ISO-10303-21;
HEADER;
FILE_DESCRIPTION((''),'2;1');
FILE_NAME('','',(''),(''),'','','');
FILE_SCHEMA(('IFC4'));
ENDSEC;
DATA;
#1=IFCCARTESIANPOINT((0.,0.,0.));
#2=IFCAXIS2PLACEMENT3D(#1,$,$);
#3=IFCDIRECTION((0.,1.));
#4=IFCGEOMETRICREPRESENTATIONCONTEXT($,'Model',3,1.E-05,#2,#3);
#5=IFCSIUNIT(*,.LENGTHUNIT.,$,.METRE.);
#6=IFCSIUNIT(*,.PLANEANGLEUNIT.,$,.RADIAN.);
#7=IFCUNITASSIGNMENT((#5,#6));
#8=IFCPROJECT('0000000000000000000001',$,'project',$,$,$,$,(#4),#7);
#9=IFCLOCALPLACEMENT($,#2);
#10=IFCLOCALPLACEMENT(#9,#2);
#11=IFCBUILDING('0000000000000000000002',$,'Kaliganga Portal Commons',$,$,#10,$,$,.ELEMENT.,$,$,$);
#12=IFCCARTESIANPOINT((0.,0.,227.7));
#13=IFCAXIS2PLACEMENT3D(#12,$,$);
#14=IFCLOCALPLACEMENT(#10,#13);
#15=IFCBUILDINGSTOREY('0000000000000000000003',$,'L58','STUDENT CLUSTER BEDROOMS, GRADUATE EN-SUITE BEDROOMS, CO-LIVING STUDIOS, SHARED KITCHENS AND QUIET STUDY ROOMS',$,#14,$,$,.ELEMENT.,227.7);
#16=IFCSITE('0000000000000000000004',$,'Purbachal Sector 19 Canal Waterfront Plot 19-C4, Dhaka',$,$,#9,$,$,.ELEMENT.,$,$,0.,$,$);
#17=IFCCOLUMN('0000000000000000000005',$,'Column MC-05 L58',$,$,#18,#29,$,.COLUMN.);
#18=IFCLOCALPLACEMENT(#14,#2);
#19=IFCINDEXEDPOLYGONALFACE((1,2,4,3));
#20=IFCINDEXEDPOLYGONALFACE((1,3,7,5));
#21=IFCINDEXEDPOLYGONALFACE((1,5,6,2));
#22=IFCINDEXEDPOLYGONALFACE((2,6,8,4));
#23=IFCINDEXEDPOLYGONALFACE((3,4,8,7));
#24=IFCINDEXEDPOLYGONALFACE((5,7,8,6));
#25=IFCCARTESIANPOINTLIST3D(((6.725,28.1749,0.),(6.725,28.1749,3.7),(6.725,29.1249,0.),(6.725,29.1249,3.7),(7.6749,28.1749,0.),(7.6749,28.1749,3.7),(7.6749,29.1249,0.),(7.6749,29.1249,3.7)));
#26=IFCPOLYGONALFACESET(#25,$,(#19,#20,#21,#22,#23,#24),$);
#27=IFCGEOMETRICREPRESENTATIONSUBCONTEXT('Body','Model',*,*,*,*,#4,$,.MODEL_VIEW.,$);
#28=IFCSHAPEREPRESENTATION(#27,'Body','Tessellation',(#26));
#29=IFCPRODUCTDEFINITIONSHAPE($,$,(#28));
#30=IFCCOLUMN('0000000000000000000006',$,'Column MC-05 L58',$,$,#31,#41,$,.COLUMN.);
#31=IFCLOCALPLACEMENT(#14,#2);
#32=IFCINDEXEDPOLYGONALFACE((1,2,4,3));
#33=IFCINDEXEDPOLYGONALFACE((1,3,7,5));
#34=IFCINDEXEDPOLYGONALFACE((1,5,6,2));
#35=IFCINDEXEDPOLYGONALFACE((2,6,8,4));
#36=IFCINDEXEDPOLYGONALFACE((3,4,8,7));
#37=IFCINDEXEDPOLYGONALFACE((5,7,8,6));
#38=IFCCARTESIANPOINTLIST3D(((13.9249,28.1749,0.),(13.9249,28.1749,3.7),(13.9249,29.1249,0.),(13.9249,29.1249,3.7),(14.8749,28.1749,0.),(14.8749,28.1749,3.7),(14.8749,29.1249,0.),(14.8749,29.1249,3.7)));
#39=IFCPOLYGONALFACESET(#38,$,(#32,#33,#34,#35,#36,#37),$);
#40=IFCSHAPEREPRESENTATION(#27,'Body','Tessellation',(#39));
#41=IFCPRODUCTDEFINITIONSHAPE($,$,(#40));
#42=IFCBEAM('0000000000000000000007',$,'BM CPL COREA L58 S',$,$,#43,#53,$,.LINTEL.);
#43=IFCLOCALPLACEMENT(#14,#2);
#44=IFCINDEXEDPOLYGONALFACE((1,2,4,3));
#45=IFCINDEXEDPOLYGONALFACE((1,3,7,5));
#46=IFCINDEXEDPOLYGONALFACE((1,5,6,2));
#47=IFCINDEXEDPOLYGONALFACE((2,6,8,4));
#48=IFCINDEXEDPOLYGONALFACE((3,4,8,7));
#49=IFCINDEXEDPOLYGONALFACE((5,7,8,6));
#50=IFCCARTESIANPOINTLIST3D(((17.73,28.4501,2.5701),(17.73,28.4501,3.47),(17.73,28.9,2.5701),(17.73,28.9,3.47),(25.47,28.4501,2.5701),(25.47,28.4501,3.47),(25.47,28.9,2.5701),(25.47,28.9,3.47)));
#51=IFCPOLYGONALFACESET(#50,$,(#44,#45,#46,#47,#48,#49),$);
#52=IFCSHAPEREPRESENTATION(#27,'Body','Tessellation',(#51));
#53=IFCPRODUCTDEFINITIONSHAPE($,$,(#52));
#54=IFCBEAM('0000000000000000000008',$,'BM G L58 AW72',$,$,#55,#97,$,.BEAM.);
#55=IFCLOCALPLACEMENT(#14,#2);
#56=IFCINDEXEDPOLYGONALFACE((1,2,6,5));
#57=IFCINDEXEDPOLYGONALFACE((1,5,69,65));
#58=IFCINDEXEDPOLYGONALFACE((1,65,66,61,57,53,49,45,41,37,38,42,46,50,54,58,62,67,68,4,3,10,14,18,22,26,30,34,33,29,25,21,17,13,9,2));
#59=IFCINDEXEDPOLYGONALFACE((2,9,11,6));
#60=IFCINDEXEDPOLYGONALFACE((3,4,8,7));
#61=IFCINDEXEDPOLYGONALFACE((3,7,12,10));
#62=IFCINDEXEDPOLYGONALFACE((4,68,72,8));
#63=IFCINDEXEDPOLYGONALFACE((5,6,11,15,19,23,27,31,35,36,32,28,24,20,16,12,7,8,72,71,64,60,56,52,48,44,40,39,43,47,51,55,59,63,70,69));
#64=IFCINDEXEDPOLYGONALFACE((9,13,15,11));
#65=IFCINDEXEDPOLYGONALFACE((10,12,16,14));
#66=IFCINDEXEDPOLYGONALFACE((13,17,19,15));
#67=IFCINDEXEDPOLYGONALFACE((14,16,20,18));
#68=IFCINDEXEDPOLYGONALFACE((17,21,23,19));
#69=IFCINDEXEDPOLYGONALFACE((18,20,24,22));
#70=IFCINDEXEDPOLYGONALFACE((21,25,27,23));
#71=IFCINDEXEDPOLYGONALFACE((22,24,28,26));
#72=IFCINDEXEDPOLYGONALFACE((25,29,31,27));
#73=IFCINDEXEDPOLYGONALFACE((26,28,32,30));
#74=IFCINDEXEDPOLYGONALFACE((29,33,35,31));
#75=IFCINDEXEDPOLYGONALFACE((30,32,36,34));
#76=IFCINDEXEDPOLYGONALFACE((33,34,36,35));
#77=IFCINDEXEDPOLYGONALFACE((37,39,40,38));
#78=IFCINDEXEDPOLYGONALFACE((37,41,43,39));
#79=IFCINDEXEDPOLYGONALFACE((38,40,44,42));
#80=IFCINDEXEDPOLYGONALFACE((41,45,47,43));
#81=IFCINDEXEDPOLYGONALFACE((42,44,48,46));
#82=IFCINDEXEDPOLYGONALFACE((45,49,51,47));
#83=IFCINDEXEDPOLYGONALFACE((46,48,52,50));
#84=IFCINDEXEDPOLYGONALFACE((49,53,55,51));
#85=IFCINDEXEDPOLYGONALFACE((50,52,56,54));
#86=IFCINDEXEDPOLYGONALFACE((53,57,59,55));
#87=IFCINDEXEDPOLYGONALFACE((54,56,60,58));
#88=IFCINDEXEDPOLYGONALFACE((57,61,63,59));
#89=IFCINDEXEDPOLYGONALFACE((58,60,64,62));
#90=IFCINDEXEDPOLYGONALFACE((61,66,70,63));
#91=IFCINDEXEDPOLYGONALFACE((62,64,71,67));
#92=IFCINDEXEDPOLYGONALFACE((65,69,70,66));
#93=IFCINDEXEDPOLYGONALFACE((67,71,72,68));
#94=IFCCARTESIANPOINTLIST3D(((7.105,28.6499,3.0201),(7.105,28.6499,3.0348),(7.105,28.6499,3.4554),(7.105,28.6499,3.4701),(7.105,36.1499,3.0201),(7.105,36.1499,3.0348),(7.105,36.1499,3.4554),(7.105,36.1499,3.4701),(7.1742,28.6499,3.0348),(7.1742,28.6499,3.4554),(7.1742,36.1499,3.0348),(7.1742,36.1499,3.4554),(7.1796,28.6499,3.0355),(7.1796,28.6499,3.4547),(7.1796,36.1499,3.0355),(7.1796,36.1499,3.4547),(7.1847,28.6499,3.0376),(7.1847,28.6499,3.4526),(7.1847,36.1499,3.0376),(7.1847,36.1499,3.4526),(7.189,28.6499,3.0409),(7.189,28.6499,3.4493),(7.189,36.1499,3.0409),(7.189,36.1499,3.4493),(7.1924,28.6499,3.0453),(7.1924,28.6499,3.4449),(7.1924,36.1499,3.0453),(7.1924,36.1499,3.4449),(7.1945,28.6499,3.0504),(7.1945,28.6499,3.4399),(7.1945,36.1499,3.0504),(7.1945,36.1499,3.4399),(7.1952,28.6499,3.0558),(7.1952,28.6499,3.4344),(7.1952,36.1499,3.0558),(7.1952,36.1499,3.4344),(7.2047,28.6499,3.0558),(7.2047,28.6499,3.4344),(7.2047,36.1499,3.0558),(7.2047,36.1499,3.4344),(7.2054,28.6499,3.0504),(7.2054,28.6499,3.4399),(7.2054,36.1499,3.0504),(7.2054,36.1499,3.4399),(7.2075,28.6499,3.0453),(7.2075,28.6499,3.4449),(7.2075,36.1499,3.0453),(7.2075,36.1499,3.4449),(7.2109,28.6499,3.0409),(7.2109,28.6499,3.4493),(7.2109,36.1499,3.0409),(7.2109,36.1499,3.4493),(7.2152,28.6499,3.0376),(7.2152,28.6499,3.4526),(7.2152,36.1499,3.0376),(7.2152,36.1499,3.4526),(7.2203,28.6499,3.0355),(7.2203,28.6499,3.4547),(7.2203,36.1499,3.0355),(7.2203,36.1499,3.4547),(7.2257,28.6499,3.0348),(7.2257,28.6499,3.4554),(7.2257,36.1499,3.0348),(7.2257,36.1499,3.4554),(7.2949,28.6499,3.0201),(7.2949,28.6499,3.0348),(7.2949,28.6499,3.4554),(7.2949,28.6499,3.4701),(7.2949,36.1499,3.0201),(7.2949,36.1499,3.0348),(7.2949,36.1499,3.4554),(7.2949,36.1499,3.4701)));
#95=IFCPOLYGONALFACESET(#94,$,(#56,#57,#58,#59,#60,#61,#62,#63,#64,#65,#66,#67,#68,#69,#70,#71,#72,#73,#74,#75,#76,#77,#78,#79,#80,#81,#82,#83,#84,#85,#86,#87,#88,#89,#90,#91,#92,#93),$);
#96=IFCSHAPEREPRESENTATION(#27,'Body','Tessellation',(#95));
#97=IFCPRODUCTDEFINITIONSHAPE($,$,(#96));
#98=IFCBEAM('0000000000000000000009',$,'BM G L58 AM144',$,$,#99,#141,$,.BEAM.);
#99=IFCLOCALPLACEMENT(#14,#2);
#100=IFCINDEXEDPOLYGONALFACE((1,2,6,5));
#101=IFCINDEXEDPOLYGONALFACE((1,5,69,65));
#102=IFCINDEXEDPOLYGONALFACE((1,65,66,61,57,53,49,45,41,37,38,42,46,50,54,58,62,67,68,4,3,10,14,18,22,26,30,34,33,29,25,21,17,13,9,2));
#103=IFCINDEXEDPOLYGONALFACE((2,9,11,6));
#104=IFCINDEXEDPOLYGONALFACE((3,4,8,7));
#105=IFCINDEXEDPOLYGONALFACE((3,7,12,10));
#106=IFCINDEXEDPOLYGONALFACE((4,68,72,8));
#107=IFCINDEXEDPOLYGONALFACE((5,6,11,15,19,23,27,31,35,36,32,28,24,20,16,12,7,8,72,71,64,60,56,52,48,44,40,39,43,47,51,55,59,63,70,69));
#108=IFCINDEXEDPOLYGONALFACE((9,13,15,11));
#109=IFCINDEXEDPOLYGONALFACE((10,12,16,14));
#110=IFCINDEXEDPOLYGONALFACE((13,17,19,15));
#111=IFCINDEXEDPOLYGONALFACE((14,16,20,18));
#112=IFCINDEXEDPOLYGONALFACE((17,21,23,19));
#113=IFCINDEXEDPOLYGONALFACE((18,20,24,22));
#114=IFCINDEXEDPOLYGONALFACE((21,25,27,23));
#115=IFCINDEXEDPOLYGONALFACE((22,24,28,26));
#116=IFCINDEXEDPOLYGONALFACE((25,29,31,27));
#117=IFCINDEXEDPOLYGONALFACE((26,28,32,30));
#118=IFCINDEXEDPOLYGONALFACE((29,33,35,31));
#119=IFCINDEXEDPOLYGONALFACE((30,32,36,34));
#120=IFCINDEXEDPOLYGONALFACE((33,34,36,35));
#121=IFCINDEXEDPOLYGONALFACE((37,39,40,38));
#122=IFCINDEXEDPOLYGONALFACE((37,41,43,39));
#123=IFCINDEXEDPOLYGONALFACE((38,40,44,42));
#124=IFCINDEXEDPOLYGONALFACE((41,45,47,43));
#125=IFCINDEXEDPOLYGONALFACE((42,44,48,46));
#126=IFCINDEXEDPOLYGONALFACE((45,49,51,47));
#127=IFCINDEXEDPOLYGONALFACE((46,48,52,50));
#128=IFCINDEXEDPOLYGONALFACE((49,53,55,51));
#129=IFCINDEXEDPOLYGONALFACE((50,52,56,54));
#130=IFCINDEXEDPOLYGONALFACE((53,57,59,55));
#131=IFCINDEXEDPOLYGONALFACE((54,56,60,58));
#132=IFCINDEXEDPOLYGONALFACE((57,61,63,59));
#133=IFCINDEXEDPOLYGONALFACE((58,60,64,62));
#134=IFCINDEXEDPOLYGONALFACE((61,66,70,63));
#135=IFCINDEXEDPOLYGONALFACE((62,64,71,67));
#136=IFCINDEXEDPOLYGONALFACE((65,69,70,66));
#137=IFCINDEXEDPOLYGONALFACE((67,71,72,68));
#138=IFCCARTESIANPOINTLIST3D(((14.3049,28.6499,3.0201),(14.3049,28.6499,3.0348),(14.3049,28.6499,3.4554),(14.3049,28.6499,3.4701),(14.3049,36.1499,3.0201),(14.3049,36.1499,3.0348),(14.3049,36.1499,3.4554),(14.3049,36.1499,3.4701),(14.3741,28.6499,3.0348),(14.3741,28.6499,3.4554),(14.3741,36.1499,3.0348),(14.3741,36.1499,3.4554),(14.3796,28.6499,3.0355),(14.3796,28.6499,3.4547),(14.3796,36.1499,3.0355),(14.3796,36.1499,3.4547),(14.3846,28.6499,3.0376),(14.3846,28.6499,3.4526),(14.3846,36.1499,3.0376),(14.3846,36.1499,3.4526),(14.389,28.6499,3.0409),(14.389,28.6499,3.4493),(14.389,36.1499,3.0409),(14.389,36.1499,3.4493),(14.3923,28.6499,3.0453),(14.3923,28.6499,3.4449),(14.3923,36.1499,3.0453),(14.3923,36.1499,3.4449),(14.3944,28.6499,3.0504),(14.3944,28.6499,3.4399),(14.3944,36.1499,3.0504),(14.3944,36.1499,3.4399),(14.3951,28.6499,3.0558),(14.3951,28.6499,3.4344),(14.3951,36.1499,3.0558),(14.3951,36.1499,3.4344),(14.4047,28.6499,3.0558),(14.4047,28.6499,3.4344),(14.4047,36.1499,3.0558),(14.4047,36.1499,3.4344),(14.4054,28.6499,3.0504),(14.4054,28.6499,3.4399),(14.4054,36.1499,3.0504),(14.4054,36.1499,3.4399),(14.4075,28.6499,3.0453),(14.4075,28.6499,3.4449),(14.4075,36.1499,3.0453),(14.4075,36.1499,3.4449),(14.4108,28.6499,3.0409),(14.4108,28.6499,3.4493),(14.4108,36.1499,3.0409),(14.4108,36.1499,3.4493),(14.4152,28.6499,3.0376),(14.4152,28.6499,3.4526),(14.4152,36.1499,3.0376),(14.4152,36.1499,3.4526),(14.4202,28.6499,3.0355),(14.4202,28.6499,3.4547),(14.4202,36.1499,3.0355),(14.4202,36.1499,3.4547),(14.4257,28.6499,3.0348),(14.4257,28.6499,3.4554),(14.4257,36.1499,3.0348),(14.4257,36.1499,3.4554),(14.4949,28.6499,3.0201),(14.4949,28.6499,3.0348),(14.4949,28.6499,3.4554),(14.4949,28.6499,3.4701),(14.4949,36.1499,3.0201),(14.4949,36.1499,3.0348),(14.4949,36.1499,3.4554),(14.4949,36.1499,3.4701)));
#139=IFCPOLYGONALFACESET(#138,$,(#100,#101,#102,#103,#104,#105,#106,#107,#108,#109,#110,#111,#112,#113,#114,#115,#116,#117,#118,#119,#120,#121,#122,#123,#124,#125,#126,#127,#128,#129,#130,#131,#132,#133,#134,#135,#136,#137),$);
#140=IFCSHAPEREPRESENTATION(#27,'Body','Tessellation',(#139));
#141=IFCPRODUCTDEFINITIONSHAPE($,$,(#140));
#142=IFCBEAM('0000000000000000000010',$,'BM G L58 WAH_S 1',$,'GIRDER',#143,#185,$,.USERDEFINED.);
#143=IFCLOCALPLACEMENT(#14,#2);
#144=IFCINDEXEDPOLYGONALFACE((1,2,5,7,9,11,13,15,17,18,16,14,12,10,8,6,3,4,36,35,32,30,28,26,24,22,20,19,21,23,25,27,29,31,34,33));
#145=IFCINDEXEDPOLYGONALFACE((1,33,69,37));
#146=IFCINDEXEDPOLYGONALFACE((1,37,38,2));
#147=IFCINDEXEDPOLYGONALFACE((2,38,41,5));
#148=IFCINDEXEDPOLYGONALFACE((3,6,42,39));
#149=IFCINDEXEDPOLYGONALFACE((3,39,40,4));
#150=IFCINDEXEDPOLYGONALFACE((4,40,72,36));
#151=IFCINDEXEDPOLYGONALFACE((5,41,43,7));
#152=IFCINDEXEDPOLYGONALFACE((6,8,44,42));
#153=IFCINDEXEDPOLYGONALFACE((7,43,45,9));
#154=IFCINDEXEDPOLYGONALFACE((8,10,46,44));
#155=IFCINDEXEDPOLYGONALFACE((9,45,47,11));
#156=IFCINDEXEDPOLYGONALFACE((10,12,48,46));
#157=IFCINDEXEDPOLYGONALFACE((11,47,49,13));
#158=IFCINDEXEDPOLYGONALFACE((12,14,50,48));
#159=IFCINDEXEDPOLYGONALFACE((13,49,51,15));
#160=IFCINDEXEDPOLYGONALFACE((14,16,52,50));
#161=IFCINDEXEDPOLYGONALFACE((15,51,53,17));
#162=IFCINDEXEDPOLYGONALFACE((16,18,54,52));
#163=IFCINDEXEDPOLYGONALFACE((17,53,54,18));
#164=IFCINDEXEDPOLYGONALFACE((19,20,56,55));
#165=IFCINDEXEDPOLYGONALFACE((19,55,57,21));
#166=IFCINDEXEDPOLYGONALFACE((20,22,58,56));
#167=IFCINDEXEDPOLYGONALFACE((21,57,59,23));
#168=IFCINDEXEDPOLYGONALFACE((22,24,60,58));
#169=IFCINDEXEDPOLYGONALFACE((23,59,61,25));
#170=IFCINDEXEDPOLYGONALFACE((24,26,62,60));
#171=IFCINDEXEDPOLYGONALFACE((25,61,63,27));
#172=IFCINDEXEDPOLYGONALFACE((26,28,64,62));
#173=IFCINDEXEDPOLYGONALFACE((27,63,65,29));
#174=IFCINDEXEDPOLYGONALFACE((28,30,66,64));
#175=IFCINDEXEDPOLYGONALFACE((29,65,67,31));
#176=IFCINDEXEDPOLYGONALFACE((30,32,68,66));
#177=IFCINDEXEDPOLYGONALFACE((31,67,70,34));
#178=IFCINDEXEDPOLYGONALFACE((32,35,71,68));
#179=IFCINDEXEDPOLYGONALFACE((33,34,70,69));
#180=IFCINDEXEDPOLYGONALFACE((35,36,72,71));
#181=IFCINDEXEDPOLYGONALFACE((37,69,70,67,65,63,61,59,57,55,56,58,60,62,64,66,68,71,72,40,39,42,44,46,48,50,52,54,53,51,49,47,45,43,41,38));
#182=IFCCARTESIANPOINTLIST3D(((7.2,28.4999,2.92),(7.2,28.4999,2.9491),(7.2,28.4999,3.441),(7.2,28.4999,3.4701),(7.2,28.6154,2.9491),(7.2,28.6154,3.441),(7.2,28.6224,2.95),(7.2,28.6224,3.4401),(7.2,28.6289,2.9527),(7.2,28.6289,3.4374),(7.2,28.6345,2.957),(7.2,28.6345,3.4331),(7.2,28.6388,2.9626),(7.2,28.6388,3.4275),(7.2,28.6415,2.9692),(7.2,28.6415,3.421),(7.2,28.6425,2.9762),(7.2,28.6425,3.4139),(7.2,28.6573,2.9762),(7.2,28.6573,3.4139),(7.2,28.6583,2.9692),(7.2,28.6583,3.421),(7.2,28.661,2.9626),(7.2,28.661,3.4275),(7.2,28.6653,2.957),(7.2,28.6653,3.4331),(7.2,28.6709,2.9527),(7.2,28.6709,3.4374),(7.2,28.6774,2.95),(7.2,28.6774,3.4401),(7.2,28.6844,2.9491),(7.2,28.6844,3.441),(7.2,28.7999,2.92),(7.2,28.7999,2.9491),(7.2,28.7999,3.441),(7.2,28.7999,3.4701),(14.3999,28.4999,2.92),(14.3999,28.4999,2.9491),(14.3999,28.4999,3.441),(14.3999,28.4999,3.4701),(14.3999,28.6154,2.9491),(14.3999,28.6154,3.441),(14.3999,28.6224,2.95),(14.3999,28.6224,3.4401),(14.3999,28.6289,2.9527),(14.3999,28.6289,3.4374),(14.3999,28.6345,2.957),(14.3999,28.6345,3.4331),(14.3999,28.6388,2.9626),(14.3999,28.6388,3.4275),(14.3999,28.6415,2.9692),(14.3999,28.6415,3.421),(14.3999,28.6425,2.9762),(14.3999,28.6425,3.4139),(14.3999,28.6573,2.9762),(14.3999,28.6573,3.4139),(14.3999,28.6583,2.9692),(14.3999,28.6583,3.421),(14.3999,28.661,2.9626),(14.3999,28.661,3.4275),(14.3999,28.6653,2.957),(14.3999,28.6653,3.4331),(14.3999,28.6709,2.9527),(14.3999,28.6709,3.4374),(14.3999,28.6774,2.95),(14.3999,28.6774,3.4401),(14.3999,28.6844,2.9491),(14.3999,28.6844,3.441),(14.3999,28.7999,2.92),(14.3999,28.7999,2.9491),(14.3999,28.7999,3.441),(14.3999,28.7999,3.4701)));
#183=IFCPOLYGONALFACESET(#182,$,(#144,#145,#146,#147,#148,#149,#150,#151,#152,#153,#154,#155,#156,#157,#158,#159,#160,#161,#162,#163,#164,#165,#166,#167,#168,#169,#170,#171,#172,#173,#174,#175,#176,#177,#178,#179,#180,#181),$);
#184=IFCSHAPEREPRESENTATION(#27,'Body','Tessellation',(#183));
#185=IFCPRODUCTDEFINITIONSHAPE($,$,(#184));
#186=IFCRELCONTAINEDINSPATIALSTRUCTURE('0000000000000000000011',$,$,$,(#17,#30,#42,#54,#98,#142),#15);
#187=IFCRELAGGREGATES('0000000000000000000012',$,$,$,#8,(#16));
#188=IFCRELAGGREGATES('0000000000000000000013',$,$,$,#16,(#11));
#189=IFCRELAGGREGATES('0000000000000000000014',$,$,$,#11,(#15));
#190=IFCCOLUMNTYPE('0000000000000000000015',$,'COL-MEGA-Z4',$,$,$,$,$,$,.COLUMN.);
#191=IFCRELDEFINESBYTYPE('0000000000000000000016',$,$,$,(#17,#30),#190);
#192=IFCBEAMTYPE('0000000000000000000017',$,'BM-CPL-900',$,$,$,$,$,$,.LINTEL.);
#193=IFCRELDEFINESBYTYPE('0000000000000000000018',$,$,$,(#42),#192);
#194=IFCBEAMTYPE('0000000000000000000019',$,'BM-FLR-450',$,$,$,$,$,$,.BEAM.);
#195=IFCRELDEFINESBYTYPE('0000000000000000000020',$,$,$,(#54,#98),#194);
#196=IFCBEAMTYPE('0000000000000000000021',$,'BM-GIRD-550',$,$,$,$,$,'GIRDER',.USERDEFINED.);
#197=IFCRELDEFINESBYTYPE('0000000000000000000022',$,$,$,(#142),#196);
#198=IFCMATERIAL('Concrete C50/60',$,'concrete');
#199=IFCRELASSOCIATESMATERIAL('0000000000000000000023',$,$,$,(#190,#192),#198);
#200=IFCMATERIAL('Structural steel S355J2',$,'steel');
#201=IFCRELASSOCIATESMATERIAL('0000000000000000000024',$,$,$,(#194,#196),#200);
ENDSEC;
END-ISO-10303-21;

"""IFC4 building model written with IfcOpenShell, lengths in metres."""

from ifc_helpers import new_model, si_unit, direction, frame, origin, origin_2d, place, context, subcontext, project, spatial, rectangle, i_section, extrude, source, transform, mapped, material, material_profile, profile_set, type_object, element, save


model = new_model("IFC4")

# Units and contexts
model_context = context("Model", 3, precision=1e-05, world=origin(), true_north=direction((0.0, 1.0)))
body_context = subcontext(model_context, "Body", "Model", "MODEL_VIEW")
ifc_project = project(units=[si_unit("LENGTHUNIT", "METRE"), si_unit("PLANEANGLEUNIT", "RADIAN")], contexts=[model_context])

# Site, building, storey
site_placement = place(None, origin())
site = spatial("IfcSite", under=ifc_project, at=site_placement, Name="Purbachal Sector 19 Canal Waterfront Plot 19-C4, Dhaka", CompositionType="ELEMENT", RefElevation=0.0)
building_placement = place(site_placement, origin())
building = spatial("IfcBuilding", under=site, at=building_placement, Name="Kaliganga Portal Commons", CompositionType="ELEMENT")
storey_placement = place(building_placement, frame((0.0, 0.0, 227.7)))
storey = spatial("IfcBuildingStorey", under=building, at=storey_placement, Name="L58", Description="STUDENT CLUSTER BEDROOMS, GRADUATE EN-SUITE BEDROOMS, CO-LIVING STUDIOS, SHARED KITCHENS AND QUIET STUDY ROOMS", CompositionType="ELEMENT", Elevation=227.7)

# Columns
ifc_material_1 = material(Name="Concrete C50/60", Category="concrete")
ifc_material_profile_1 = material_profile(ifc_material_1, rectangle(XDim=0.95, YDim=0.95, at=origin_2d()), Name="RC 950x950")
ifc_profile_set_1 = profile_set([ifc_material_profile_1], Name="Concrete C50/60")
column_type = type_object("IfcColumnType", Name="COL-MEGA-Z4", PredefinedType="COLUMN", material=ifc_profile_set_1)
shared_shape_1 = source(origin(), body_context, "Body", "SweptSolid", [
    extrude(rectangle(XDim=0.95, YDim=0.95, at=origin_2d()), origin(), (0.0, 0.0, 1.0), 3.7),
])
for number, where, z_axis, x_axis, name in (
    (1, (7.2, 28.6499, 0.0), (0.0, 0.0, 1.0), (1.0, 0.0, 0.0), "Column MC-05 L58"),
    (2, (14.3999, 28.6499, 0.0), (0.0, 0.0, 1.0), (1.0, 0.0, 0.0), "Column MC-05 L58"),
):
    element("IfcColumn", number, at=place(storey_placement, frame(where, z_axis=z_axis, x_axis=x_axis)), inside=storey, type_object=column_type, Name=name, PredefinedType="COLUMN", context=body_context, shape_type="MappedRepresentation", body=[
        mapped(shared_shape_1, transform((0.0, 0.0, 0.0), x_axis=(1.0, 0.0, 0.0), y_axis=(0.0, 1.0, 0.0), z_axis=(0.0, 0.0, 1.0), scale=1.0)),
    ])

# Beams
ifc_material_profile_2 = material_profile(ifc_material_1, rectangle(XDim=0.45, YDim=0.8999, at=origin_2d()), Name="RC 450x900")
ifc_profile_set_2 = profile_set([ifc_material_profile_2], Name="Concrete C50/60")
beam_type_1 = type_object("IfcBeamType", Name="BM-CPL-900", PredefinedType="LINTEL", material=ifc_profile_set_2)
shared_shape_2 = source(origin(), body_context, "Body", "SweptSolid", [
    extrude(rectangle(XDim=0.45, YDim=0.8999, at=origin_2d()), origin(), (0.0, 0.0, 1.0), 7.74),
])
beam_1_placement = place(storey_placement, frame((17.73, 28.675, 3.02), z_axis=(1.0, 0.0, 0.0), x_axis=(0.0, 1.0, 0.0)))
element("IfcBeam", 3, at=beam_1_placement, inside=storey, type_object=beam_type_1, Name="BM CPL COREA L58 S", PredefinedType="LINTEL", context=body_context, shape_type="MappedRepresentation", body=[
    mapped(shared_shape_2, transform((0.0, 0.0, 0.0), x_axis=(1.0, 0.0, 0.0), y_axis=(0.0, 1.0, 0.0), z_axis=(0.0, 0.0, 1.0), scale=1.0)),
])
ifc_material_2 = material(Name="Structural steel S355J2", Category="steel")
ifc_material_profile_3 = material_profile(ifc_material_2, i_section(OverallWidth=0.1899, OverallDepth=0.45, WebThickness=0.0095, FlangeThickness=0.0146, FilletRadius=0.021, at=origin_2d()), Name="IPE 450")
ifc_profile_set_3 = profile_set([ifc_material_profile_3], Name="Structural steel S355J2 wide-flange")
beam_type_2 = type_object("IfcBeamType", Name="BM-FLR-450", PredefinedType="BEAM", material=ifc_profile_set_3)
shared_shape_3 = source(origin(), body_context, "Body", "SweptSolid", [
    extrude(i_section(OverallWidth=0.1899, OverallDepth=0.45, WebThickness=0.0095, FlangeThickness=0.0146, FilletRadius=0.021, at=origin_2d()), origin(), (0.0, 0.0, 1.0), 7.5),
])
for number, where, z_axis, x_axis, name in (
    (4, (7.2, 28.6499, 3.2451), (0.0, 1.0, 0.0), (-1.0, 0.0, 0.0), "BM G L58 AW72"),
    (5, (14.3999, 28.6499, 3.2451), (0.0, 1.0, 0.0), (-1.0, 0.0, 0.0), "BM G L58 AM144"),
):
    element("IfcBeam", number, at=place(storey_placement, frame(where, z_axis=z_axis, x_axis=x_axis)), inside=storey, type_object=beam_type_2, Name=name, PredefinedType="BEAM", context=body_context, shape_type="MappedRepresentation", body=[
        mapped(shared_shape_3, transform((0.0, 0.0, 0.0), x_axis=(1.0, 0.0, 0.0), y_axis=(0.0, 1.0, 0.0), z_axis=(0.0, 0.0, 1.0), scale=1.0)),
    ])
ifc_material_profile_4 = material_profile(ifc_material_2, i_section(OverallWidth=0.3, OverallDepth=0.55, WebThickness=0.0149, FlangeThickness=0.0291, FilletRadius=0.0271, at=origin_2d()), Name="HE 550 B")
ifc_profile_set_4 = profile_set([ifc_material_profile_4], Name="Structural steel S355J2 wide-flange")
beam_type_3 = type_object("IfcBeamType", Name="BM-GIRD-550", ElementType="GIRDER", PredefinedType="USERDEFINED", material=ifc_profile_set_4)
shared_shape_4 = source(origin(), body_context, "Body", "SweptSolid", [
    extrude(i_section(OverallWidth=0.3, OverallDepth=0.55, WebThickness=0.0149, FlangeThickness=0.0291, FilletRadius=0.0271, at=origin_2d()), origin(), (0.0, 0.0, 1.0), 7.2),
])
beam_2_placement = place(storey_placement, frame((7.2, 28.6499, 3.1951), z_axis=(1.0, 0.0, 0.0), x_axis=(0.0, 1.0, 0.0)))
element("IfcBeam", 6, at=beam_2_placement, inside=storey, type_object=beam_type_3, Name="BM G L58 WAH_S 1", ObjectType="GIRDER", PredefinedType="USERDEFINED", context=body_context, shape_type="MappedRepresentation", body=[
    mapped(shared_shape_4, transform((0.0, 0.0, 0.0), x_axis=(1.0, 0.0, 0.0), y_axis=(0.0, 1.0, 0.0), z_axis=(0.0, 0.0, 1.0), scale=1.0)),
])

save(model, "model.ifc")
